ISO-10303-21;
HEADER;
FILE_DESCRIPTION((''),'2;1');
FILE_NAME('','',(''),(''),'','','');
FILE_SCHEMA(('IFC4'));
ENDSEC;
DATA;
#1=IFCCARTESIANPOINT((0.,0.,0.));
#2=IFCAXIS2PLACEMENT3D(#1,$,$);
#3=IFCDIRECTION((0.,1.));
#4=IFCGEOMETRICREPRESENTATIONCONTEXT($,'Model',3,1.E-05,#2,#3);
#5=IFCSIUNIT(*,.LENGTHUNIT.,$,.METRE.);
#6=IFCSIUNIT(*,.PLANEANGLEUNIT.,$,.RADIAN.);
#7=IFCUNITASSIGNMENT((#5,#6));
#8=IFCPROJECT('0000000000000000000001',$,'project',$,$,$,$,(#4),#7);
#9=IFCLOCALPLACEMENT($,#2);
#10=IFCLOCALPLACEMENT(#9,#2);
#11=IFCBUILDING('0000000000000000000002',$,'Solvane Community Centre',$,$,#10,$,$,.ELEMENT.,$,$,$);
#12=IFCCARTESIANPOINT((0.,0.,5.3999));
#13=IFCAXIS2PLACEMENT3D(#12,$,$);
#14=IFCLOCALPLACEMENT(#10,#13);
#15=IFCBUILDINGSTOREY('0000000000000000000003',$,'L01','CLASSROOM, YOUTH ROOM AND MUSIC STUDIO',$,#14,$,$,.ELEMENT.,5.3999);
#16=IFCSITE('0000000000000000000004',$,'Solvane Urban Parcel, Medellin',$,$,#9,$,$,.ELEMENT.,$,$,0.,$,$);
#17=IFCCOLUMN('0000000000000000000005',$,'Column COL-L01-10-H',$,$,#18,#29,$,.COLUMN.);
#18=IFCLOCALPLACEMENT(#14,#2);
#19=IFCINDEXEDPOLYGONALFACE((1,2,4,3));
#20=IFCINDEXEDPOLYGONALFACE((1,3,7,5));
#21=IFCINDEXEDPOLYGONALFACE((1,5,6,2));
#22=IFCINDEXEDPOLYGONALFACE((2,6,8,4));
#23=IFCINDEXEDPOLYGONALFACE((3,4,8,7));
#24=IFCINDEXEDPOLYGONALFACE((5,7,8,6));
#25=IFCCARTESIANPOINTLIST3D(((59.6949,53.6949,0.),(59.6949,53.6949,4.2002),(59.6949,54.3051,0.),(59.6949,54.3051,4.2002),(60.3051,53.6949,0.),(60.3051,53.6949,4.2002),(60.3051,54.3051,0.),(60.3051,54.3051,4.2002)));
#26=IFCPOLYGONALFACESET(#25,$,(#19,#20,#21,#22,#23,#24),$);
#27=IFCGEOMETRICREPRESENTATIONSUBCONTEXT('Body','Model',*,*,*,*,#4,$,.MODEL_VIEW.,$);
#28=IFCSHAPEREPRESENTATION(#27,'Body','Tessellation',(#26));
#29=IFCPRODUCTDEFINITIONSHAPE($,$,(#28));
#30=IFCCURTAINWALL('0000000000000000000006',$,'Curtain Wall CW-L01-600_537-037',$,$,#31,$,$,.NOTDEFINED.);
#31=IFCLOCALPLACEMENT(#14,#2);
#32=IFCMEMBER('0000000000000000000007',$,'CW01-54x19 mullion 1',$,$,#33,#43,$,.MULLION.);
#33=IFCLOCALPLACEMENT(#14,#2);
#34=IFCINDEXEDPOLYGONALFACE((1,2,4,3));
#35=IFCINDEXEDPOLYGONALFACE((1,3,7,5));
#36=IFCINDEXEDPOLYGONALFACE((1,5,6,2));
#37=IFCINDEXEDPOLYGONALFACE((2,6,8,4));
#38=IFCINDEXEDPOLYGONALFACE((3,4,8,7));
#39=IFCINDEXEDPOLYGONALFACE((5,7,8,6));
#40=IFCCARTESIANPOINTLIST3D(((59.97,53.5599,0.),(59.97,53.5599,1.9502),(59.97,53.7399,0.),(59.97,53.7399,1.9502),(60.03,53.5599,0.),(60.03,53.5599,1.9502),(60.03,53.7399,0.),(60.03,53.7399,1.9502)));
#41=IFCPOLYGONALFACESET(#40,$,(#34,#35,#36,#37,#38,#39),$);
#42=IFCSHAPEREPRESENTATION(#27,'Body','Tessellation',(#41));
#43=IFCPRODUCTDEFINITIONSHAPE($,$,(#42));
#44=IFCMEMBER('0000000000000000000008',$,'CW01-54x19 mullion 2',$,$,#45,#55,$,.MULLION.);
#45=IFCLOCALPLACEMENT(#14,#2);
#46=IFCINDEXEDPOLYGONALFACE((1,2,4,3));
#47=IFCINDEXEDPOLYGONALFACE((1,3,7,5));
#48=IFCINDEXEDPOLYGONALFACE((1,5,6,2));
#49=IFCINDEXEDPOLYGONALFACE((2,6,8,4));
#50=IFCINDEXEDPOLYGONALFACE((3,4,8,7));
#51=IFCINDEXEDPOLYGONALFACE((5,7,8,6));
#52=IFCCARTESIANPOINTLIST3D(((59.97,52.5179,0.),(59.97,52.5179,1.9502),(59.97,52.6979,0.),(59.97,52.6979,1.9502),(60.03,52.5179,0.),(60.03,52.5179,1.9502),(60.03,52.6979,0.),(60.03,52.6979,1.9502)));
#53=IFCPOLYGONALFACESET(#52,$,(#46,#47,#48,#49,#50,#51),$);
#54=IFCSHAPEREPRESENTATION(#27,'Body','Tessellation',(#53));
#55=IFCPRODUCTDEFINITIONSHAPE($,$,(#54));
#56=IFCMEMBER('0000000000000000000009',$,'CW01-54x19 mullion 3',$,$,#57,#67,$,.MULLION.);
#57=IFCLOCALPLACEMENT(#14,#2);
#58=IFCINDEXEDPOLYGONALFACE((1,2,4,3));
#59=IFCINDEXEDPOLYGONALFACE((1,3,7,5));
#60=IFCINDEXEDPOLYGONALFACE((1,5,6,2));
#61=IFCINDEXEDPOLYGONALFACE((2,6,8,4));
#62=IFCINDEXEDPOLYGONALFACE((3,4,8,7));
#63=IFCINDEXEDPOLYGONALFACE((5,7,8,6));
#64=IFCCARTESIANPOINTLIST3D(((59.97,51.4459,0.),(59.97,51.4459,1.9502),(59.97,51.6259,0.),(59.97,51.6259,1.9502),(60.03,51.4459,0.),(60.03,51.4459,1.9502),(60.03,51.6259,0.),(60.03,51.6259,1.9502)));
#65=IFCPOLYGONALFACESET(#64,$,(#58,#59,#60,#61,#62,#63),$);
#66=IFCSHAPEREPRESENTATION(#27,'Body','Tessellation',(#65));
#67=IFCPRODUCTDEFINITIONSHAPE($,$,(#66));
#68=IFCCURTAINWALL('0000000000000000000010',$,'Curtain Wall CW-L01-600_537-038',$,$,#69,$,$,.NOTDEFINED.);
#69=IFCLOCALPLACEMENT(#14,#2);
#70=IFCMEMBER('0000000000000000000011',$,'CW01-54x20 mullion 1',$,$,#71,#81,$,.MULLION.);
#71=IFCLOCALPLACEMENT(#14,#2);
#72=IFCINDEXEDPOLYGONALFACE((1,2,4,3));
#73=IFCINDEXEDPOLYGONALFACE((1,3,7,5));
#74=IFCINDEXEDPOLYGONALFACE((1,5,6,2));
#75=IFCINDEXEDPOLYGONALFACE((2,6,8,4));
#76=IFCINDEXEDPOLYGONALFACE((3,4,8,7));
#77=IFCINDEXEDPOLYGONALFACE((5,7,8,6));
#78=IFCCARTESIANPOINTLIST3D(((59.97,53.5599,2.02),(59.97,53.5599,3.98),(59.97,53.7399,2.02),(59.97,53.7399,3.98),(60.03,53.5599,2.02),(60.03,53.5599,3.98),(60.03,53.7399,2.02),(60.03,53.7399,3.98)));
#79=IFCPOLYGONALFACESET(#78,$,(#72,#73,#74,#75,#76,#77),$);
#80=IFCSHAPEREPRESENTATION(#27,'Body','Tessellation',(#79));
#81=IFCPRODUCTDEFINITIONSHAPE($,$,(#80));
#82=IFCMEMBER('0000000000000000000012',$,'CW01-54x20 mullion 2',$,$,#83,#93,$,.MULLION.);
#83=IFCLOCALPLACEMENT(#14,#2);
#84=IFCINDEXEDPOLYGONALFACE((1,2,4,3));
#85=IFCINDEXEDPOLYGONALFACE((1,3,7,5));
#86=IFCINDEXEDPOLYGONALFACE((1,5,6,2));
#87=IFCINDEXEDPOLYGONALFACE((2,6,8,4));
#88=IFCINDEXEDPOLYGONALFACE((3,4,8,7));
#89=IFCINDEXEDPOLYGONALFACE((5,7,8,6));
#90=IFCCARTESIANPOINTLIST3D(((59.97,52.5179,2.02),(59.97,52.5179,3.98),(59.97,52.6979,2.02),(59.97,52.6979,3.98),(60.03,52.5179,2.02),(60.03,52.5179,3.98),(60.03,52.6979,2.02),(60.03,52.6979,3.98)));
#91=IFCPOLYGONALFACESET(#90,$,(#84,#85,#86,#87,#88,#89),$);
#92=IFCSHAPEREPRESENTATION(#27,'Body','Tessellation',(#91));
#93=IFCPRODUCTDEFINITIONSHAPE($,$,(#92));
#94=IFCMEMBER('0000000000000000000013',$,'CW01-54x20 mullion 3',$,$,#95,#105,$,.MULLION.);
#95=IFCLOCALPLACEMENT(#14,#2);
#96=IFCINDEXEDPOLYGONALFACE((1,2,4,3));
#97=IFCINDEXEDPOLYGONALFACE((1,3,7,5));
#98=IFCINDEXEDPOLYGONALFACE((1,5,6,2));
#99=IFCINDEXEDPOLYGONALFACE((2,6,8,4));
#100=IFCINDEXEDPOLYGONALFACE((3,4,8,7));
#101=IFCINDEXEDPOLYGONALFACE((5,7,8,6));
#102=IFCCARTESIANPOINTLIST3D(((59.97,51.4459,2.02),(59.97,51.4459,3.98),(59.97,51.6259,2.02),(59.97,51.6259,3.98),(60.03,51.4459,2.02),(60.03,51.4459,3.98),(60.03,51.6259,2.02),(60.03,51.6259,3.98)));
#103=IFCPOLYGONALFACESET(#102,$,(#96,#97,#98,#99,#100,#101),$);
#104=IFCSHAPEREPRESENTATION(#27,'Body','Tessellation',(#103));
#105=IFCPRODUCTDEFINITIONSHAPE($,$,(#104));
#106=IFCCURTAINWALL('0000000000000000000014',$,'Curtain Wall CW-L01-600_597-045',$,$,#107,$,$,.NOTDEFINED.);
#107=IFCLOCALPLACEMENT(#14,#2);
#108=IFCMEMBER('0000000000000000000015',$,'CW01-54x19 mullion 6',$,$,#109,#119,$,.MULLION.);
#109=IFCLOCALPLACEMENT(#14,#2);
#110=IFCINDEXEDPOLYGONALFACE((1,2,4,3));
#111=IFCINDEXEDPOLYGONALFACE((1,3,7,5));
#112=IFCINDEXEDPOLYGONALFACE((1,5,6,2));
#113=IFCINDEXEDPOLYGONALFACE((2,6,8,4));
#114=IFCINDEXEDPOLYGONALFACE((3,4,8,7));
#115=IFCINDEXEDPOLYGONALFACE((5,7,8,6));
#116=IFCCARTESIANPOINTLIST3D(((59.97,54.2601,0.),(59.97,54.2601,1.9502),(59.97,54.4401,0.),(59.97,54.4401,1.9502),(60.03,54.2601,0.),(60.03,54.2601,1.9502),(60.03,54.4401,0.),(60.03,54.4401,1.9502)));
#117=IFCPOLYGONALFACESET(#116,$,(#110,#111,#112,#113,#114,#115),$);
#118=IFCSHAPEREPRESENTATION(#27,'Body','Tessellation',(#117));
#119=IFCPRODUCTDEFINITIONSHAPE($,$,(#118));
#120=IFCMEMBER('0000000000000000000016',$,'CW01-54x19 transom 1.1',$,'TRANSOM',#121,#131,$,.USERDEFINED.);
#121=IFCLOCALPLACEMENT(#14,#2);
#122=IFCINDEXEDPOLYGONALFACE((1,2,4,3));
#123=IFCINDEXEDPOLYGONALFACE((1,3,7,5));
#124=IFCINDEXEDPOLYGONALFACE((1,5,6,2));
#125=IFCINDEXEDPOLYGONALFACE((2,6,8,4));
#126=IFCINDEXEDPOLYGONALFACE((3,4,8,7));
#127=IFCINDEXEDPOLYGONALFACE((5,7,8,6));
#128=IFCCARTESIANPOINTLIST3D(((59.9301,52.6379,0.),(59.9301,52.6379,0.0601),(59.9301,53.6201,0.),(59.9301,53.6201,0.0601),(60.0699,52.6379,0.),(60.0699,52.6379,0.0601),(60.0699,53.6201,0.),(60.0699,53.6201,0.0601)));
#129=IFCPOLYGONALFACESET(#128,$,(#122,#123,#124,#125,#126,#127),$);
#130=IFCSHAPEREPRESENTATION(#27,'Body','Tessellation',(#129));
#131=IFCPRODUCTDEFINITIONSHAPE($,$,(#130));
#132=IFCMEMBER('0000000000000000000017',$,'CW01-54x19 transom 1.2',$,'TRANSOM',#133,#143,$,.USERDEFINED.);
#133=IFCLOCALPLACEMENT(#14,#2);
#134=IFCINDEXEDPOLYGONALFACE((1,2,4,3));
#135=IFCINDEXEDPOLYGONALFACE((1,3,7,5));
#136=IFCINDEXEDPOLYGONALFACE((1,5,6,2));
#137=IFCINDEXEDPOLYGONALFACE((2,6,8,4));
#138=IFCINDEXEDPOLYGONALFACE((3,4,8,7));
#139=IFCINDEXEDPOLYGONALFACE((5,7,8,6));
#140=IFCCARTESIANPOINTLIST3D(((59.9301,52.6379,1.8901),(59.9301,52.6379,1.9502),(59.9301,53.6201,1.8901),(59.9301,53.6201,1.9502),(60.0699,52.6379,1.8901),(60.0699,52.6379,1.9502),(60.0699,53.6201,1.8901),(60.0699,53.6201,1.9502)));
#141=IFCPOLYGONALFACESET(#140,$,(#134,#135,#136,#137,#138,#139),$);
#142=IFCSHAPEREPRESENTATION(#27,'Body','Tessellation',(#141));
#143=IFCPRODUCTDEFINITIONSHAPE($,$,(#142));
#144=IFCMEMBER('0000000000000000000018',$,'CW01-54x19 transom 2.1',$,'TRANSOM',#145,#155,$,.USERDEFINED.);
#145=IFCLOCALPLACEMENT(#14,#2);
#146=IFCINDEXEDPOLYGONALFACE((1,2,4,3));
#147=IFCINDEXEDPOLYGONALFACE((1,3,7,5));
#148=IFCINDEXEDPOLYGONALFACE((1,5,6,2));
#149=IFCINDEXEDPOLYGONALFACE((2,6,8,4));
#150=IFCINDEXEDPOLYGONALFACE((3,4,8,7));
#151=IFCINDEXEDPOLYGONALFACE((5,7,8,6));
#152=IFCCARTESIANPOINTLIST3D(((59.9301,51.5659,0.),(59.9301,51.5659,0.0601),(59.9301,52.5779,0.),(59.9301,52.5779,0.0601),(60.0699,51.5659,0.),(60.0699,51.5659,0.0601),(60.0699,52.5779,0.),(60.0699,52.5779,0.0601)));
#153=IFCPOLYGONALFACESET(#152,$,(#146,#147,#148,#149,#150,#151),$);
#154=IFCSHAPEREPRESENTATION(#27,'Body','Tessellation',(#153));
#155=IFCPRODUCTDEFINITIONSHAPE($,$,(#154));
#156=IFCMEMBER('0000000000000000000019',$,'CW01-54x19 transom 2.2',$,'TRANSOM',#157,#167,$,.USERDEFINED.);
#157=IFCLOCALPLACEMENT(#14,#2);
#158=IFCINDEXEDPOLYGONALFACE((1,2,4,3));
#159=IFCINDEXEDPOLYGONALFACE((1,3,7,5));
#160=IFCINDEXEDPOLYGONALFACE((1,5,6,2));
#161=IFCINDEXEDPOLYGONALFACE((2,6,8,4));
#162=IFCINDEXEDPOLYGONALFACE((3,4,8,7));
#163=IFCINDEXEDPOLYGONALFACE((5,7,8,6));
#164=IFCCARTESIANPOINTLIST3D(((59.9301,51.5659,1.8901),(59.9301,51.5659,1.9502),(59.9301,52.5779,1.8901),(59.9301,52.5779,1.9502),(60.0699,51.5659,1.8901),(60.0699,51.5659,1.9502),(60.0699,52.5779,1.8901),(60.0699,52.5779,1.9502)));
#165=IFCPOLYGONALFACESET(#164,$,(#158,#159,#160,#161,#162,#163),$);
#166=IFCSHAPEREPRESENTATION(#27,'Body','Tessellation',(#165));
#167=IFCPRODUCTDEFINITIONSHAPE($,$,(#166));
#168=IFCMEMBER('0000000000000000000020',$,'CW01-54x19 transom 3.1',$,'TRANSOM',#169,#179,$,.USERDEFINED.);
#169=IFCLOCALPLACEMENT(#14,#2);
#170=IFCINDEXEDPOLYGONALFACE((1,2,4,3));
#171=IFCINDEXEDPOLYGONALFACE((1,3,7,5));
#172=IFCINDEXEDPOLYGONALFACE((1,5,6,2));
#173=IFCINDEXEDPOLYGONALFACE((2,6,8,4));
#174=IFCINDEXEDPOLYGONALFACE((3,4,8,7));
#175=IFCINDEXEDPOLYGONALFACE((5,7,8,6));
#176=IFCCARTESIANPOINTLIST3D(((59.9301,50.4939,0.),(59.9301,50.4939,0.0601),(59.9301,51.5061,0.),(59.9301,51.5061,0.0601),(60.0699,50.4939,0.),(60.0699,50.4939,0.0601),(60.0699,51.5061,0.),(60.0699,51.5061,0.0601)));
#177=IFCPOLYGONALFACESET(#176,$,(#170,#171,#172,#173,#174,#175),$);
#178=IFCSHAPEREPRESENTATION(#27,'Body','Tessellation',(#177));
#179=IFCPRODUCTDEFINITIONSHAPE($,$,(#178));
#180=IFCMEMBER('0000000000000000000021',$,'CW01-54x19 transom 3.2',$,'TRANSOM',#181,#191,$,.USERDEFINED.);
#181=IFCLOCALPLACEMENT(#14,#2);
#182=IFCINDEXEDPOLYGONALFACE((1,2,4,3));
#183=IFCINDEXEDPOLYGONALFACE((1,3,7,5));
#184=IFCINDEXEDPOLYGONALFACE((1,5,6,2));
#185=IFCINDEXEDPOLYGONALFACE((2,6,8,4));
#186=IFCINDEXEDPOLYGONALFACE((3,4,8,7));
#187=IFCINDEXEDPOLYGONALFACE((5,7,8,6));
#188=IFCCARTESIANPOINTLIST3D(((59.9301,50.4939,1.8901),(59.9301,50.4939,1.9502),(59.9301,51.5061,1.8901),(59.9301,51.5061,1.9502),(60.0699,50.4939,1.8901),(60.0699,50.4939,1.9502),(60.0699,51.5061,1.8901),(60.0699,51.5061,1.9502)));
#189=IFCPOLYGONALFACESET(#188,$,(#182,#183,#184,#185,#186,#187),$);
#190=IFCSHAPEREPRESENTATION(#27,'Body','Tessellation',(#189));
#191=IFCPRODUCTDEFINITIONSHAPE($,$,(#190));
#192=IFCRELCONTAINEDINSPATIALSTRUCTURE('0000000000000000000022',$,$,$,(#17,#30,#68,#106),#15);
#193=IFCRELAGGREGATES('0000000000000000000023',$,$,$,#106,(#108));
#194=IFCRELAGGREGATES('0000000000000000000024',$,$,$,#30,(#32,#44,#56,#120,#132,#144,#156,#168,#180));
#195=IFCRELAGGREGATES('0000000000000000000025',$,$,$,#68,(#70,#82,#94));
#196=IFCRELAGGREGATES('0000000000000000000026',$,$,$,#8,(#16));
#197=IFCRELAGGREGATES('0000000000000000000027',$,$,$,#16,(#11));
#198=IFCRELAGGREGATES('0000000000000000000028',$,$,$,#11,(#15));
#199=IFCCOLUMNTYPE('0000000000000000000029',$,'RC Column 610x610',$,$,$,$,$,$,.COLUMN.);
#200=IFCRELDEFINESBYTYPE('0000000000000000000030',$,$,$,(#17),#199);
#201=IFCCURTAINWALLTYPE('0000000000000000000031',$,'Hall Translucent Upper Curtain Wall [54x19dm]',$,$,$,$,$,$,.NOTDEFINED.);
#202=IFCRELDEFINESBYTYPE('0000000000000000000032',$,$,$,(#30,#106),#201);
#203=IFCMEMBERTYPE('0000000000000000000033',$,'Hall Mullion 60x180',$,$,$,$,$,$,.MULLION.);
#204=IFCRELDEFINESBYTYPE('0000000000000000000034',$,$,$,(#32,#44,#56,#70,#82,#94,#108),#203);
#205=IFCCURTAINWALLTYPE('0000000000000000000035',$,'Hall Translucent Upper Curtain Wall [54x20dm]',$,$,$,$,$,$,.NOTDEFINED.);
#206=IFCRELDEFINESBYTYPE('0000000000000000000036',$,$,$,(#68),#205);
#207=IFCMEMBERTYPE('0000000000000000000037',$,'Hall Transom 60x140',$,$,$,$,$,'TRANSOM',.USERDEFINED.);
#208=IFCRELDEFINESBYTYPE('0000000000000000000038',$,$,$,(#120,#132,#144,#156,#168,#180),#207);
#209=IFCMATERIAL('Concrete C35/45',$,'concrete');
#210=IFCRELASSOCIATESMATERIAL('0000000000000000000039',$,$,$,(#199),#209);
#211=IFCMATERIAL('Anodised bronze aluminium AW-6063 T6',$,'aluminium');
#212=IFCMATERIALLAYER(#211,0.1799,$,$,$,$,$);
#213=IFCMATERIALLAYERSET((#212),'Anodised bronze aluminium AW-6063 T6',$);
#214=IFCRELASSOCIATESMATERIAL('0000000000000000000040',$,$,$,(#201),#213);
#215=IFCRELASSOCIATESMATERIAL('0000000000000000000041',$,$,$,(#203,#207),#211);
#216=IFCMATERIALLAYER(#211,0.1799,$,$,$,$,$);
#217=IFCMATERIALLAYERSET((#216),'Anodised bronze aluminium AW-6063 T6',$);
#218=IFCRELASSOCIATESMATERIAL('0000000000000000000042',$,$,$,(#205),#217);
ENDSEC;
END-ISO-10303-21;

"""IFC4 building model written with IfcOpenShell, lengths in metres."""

from ifc_helpers import new_model, si_unit, direction, frame, origin, origin_2d, place, context, subcontext, project, spatial, rectangle, extrude, material, layer, layer_set, material_profile, profile_set, type_object, element, aggregate, save


model = new_model("IFC4")

# Units and contexts
model_context = context("Model", 3, precision=1e-05, world=origin(), true_north=direction((0.0, 1.0)))
body_context = subcontext(model_context, "Body", "Model", "MODEL_VIEW")
ifc_project = project(units=[si_unit("LENGTHUNIT", "METRE"), si_unit("PLANEANGLEUNIT", "RADIAN")], contexts=[model_context])

# Site, building, storey
site_placement = place(None, origin())
site = spatial("IfcSite", under=ifc_project, at=site_placement, Name="Solvane Urban Parcel, Medellin", CompositionType="ELEMENT", RefElevation=0.0)
building_placement = place(site_placement, origin())
building = spatial("IfcBuilding", under=site, at=building_placement, Name="Solvane Community Centre", CompositionType="ELEMENT")
storey_placement = place(building_placement, frame((0.0, 0.0, 5.3999)))
storey = spatial("IfcBuildingStorey", under=building, at=storey_placement, Name="L01", Description="CLASSROOM, YOUTH ROOM AND MUSIC STUDIO", CompositionType="ELEMENT", Elevation=5.3999)

# Column
ifc_material_1 = material(Name="Concrete C35/45", Category="concrete")
ifc_material_profile_1 = material_profile(ifc_material_1, rectangle(XDim=0.6101, YDim=0.6101, at=origin_2d()), Name="RC 610x610")
ifc_profile_set_1 = profile_set([ifc_material_profile_1], Name="Concrete C35/45")
column_type = type_object("IfcColumnType", Name="RC Column 610x610", PredefinedType="COLUMN", material=ifc_profile_set_1)
column_placement = place(storey_placement, frame((60.0, 54.0, 0.0), z_axis=(0.0, 0.0, 1.0), x_axis=(1.0, 0.0, 0.0)))
element("IfcColumn", 1, at=column_placement, inside=storey, type_object=column_type, Name="Column COL-L01-10-H", PredefinedType="COLUMN", context=body_context, shape_type="SweptSolid", body=[
    extrude(rectangle(XDim=0.6101, YDim=0.6101, at=origin_2d()), origin(), (0.0, 0.0, 1.0), 4.2002),
])

# Curtain walls, members
ifc_material_2 = material(Name="Anodised bronze aluminium AW-6063 T6", Category="aluminium")
ifc_layer_1 = layer(ifc_material_2, 0.1799)
ifc_layer_set_1 = layer_set([ifc_layer_1], Name="Anodised bronze aluminium AW-6063 T6")
curtain_wall_type_1 = type_object("IfcCurtainWallType", Name="Hall Translucent Upper Curtain Wall [54x19dm]", PredefinedType="NOTDEFINED", material=ifc_layer_set_1)
curtain_wall_1_placement = place(storey_placement, origin())
curtain_wall_1 = element("IfcCurtainWall", 2, at=curtain_wall_1_placement, inside=storey, type_object=curtain_wall_type_1, Name="Curtain Wall CW-L01-600_537-037", PredefinedType="NOTDEFINED")
ifc_material_profile_2 = material_profile(ifc_material_2, rectangle(XDim=0.0601, YDim=0.1799, at=origin_2d()), Name="CW-M 60x180")
ifc_profile_set_2 = profile_set([ifc_material_profile_2], Name="Anodised bronze aluminium AW-6063 T6")
member_type_1 = type_object("IfcMemberType", Name="Hall Mullion 60x180", PredefinedType="MULLION", material=ifc_profile_set_2)
member_1_placement = place(storey_placement, frame((60.0, 53.6499, 0.0), z_axis=(0.0, 0.0, 1.0), x_axis=(1.0, 0.0, 0.0)))
member_1 = element("IfcMember", 3, at=member_1_placement, type_object=member_type_1, Name="CW01-54x19 mullion 1", PredefinedType="MULLION", context=body_context, shape_type="SweptSolid", body=[
    extrude(rectangle(XDim=0.0601, YDim=0.1799, at=origin_2d()), origin(), (0.0, 0.0, 1.0), 1.9502),
])
member_2_placement = place(storey_placement, frame((60.0, 52.6079, 0.0), z_axis=(0.0, 0.0, 1.0), x_axis=(1.0, 0.0, 0.0)))
member_2 = element("IfcMember", 4, at=member_2_placement, type_object=member_type_1, Name="CW01-54x19 mullion 2", PredefinedType="MULLION", context=body_context, shape_type="SweptSolid", body=[
    extrude(rectangle(XDim=0.0601, YDim=0.1799, at=origin_2d()), origin(), (0.0, 0.0, 1.0), 1.9502),
])
member_3_placement = place(storey_placement, frame((60.0, 51.5359, 0.0), z_axis=(0.0, 0.0, 1.0), x_axis=(1.0, 0.0, 0.0)))
member_3 = element("IfcMember", 5, at=member_3_placement, type_object=member_type_1, Name="CW01-54x19 mullion 3", PredefinedType="MULLION", context=body_context, shape_type="SweptSolid", body=[
    extrude(rectangle(XDim=0.0601, YDim=0.1799, at=origin_2d()), origin(), (0.0, 0.0, 1.0), 1.9502),
])
ifc_layer_2 = layer(ifc_material_2, 0.1799)
ifc_layer_set_2 = layer_set([ifc_layer_2], Name="Anodised bronze aluminium AW-6063 T6")
curtain_wall_type_2 = type_object("IfcCurtainWallType", Name="Hall Translucent Upper Curtain Wall [54x20dm]", PredefinedType="NOTDEFINED", material=ifc_layer_set_2)
curtain_wall_2_placement = place(storey_placement, origin())
curtain_wall_2 = element("IfcCurtainWall", 6, at=curtain_wall_2_placement, inside=storey, type_object=curtain_wall_type_2, Name="Curtain Wall CW-L01-600_537-038", PredefinedType="NOTDEFINED")
member_4_placement = place(storey_placement, frame((60.0, 53.6499, 2.02), z_axis=(0.0, 0.0, 1.0), x_axis=(1.0, 0.0, 0.0)))
member_4 = element("IfcMember", 7, at=member_4_placement, type_object=member_type_1, Name="CW01-54x20 mullion 1", PredefinedType="MULLION", context=body_context, shape_type="SweptSolid", body=[
    extrude(rectangle(XDim=0.0601, YDim=0.1799, at=origin_2d()), origin(), (0.0, 0.0, 1.0), 1.96),
])
member_5_placement = place(storey_placement, frame((60.0, 52.6079, 2.02), z_axis=(0.0, 0.0, 1.0), x_axis=(1.0, 0.0, 0.0)))
member_5 = element("IfcMember", 8, at=member_5_placement, type_object=member_type_1, Name="CW01-54x20 mullion 2", PredefinedType="MULLION", context=body_context, shape_type="SweptSolid", body=[
    extrude(rectangle(XDim=0.0601, YDim=0.1799, at=origin_2d()), origin(), (0.0, 0.0, 1.0), 1.96),
])
member_6_placement = place(storey_placement, frame((60.0, 51.5359, 2.02), z_axis=(0.0, 0.0, 1.0), x_axis=(1.0, 0.0, 0.0)))
member_6 = element("IfcMember", 9, at=member_6_placement, type_object=member_type_1, Name="CW01-54x20 mullion 3", PredefinedType="MULLION", context=body_context, shape_type="SweptSolid", body=[
    extrude(rectangle(XDim=0.0601, YDim=0.1799, at=origin_2d()), origin(), (0.0, 0.0, 1.0), 1.96),
])

# Curtain wall, member
curtain_wall_3_placement = place(storey_placement, origin())
curtain_wall_3 = element("IfcCurtainWall", 10, at=curtain_wall_3_placement, inside=storey, type_object=curtain_wall_type_1, Name="Curtain Wall CW-L01-600_597-045", PredefinedType="NOTDEFINED")
member_7_placement = place(storey_placement, frame((60.0, 54.3501, 0.0), z_axis=(0.0, 0.0, 1.0), x_axis=(1.0, 0.0, 0.0)))
member_7 = element("IfcMember", 11, at=member_7_placement, type_object=member_type_1, Name="CW01-54x19 mullion 6", PredefinedType="MULLION", context=body_context, shape_type="SweptSolid", body=[
    extrude(rectangle(XDim=0.0601, YDim=0.1799, at=origin_2d()), origin(), (0.0, 0.0, 1.0), 1.9502),
])
aggregate(curtain_wall_3, [member_7])

# Members
ifc_material_profile_3 = material_profile(ifc_material_2, rectangle(XDim=0.1399, YDim=0.0601, at=origin_2d()), Name="CW-T 60x140")
ifc_profile_set_3 = profile_set([ifc_material_profile_3], Name="Anodised bronze aluminium AW-6063 T6")
member_type_2 = type_object("IfcMemberType", Name="Hall Transom 60x140", ElementType="TRANSOM", PredefinedType="USERDEFINED", material=ifc_profile_set_3)
member_8_placement = place(storey_placement, frame((60.0, 53.6201, 0.03), z_axis=(0.0, -1.0, 0.0), x_axis=(1.0, 0.0, 0.0)))
member_8 = element("IfcMember", 12, at=member_8_placement, type_object=member_type_2, Name="CW01-54x19 transom 1.1", ObjectType="TRANSOM", PredefinedType="USERDEFINED", context=body_context, shape_type="SweptSolid", body=[
    extrude(rectangle(XDim=0.1399, YDim=0.0601, at=origin_2d()), origin(), (0.0, 0.0, 1.0), 0.9822),
])
member_9_placement = place(storey_placement, frame((60.0, 53.6201, 1.9202), z_axis=(0.0, -1.0, 0.0), x_axis=(1.0, 0.0, 0.0)))
member_9 = element("IfcMember", 13, at=member_9_placement, type_object=member_type_2, Name="CW01-54x19 transom 1.2", ObjectType="TRANSOM", PredefinedType="USERDEFINED", context=body_context, shape_type="SweptSolid", body=[
    extrude(rectangle(XDim=0.1399, YDim=0.0601, at=origin_2d()), origin(), (0.0, 0.0, 1.0), 0.9822),
])
member_10_placement = place(storey_placement, frame((60.0, 52.5779, 0.03), z_axis=(0.0, -1.0, 0.0), x_axis=(1.0, 0.0, 0.0)))
member_10 = element("IfcMember", 14, at=member_10_placement, type_object=member_type_2, Name="CW01-54x19 transom 2.1", ObjectType="TRANSOM", PredefinedType="USERDEFINED", context=body_context, shape_type="SweptSolid", body=[
    extrude(rectangle(XDim=0.1399, YDim=0.0601, at=origin_2d()), origin(), (0.0, 0.0, 1.0), 1.012),
])
member_11_placement = place(storey_placement, frame((60.0, 52.5779, 1.9202), z_axis=(0.0, -1.0, 0.0), x_axis=(1.0, 0.0, 0.0)))
member_11 = element("IfcMember", 15, at=member_11_placement, type_object=member_type_2, Name="CW01-54x19 transom 2.2", ObjectType="TRANSOM", PredefinedType="USERDEFINED", context=body_context, shape_type="SweptSolid", body=[
    extrude(rectangle(XDim=0.1399, YDim=0.0601, at=origin_2d()), origin(), (0.0, 0.0, 1.0), 1.012),
])
member_12_placement = place(storey_placement, frame((60.0, 51.5061, 0.03), z_axis=(0.0, -1.0, 0.0), x_axis=(1.0, 0.0, 0.0)))
member_12 = element("IfcMember", 16, at=member_12_placement, type_object=member_type_2, Name="CW01-54x19 transom 3.1", ObjectType="TRANSOM", PredefinedType="USERDEFINED", context=body_context, shape_type="SweptSolid", body=[
    extrude(rectangle(XDim=0.1399, YDim=0.0601, at=origin_2d()), origin(), (0.0, 0.0, 1.0), 1.0122),
])
member_13_placement = place(storey_placement, frame((60.0, 51.5061, 1.9202), z_axis=(0.0, -1.0, 0.0), x_axis=(1.0, 0.0, 0.0)))
member_13 = element("IfcMember", 17, at=member_13_placement, type_object=member_type_2, Name="CW01-54x19 transom 3.2", ObjectType="TRANSOM", PredefinedType="USERDEFINED", context=body_context, shape_type="SweptSolid", body=[
    extrude(rectangle(XDim=0.1399, YDim=0.0601, at=origin_2d()), origin(), (0.0, 0.0, 1.0), 1.0122),
])

aggregate(curtain_wall_1, [member_1, member_2, member_3, member_8, member_9, member_10, member_11, member_12, member_13])
aggregate(curtain_wall_2, [member_4, member_5, member_6])

save(model, "model.ifc")
